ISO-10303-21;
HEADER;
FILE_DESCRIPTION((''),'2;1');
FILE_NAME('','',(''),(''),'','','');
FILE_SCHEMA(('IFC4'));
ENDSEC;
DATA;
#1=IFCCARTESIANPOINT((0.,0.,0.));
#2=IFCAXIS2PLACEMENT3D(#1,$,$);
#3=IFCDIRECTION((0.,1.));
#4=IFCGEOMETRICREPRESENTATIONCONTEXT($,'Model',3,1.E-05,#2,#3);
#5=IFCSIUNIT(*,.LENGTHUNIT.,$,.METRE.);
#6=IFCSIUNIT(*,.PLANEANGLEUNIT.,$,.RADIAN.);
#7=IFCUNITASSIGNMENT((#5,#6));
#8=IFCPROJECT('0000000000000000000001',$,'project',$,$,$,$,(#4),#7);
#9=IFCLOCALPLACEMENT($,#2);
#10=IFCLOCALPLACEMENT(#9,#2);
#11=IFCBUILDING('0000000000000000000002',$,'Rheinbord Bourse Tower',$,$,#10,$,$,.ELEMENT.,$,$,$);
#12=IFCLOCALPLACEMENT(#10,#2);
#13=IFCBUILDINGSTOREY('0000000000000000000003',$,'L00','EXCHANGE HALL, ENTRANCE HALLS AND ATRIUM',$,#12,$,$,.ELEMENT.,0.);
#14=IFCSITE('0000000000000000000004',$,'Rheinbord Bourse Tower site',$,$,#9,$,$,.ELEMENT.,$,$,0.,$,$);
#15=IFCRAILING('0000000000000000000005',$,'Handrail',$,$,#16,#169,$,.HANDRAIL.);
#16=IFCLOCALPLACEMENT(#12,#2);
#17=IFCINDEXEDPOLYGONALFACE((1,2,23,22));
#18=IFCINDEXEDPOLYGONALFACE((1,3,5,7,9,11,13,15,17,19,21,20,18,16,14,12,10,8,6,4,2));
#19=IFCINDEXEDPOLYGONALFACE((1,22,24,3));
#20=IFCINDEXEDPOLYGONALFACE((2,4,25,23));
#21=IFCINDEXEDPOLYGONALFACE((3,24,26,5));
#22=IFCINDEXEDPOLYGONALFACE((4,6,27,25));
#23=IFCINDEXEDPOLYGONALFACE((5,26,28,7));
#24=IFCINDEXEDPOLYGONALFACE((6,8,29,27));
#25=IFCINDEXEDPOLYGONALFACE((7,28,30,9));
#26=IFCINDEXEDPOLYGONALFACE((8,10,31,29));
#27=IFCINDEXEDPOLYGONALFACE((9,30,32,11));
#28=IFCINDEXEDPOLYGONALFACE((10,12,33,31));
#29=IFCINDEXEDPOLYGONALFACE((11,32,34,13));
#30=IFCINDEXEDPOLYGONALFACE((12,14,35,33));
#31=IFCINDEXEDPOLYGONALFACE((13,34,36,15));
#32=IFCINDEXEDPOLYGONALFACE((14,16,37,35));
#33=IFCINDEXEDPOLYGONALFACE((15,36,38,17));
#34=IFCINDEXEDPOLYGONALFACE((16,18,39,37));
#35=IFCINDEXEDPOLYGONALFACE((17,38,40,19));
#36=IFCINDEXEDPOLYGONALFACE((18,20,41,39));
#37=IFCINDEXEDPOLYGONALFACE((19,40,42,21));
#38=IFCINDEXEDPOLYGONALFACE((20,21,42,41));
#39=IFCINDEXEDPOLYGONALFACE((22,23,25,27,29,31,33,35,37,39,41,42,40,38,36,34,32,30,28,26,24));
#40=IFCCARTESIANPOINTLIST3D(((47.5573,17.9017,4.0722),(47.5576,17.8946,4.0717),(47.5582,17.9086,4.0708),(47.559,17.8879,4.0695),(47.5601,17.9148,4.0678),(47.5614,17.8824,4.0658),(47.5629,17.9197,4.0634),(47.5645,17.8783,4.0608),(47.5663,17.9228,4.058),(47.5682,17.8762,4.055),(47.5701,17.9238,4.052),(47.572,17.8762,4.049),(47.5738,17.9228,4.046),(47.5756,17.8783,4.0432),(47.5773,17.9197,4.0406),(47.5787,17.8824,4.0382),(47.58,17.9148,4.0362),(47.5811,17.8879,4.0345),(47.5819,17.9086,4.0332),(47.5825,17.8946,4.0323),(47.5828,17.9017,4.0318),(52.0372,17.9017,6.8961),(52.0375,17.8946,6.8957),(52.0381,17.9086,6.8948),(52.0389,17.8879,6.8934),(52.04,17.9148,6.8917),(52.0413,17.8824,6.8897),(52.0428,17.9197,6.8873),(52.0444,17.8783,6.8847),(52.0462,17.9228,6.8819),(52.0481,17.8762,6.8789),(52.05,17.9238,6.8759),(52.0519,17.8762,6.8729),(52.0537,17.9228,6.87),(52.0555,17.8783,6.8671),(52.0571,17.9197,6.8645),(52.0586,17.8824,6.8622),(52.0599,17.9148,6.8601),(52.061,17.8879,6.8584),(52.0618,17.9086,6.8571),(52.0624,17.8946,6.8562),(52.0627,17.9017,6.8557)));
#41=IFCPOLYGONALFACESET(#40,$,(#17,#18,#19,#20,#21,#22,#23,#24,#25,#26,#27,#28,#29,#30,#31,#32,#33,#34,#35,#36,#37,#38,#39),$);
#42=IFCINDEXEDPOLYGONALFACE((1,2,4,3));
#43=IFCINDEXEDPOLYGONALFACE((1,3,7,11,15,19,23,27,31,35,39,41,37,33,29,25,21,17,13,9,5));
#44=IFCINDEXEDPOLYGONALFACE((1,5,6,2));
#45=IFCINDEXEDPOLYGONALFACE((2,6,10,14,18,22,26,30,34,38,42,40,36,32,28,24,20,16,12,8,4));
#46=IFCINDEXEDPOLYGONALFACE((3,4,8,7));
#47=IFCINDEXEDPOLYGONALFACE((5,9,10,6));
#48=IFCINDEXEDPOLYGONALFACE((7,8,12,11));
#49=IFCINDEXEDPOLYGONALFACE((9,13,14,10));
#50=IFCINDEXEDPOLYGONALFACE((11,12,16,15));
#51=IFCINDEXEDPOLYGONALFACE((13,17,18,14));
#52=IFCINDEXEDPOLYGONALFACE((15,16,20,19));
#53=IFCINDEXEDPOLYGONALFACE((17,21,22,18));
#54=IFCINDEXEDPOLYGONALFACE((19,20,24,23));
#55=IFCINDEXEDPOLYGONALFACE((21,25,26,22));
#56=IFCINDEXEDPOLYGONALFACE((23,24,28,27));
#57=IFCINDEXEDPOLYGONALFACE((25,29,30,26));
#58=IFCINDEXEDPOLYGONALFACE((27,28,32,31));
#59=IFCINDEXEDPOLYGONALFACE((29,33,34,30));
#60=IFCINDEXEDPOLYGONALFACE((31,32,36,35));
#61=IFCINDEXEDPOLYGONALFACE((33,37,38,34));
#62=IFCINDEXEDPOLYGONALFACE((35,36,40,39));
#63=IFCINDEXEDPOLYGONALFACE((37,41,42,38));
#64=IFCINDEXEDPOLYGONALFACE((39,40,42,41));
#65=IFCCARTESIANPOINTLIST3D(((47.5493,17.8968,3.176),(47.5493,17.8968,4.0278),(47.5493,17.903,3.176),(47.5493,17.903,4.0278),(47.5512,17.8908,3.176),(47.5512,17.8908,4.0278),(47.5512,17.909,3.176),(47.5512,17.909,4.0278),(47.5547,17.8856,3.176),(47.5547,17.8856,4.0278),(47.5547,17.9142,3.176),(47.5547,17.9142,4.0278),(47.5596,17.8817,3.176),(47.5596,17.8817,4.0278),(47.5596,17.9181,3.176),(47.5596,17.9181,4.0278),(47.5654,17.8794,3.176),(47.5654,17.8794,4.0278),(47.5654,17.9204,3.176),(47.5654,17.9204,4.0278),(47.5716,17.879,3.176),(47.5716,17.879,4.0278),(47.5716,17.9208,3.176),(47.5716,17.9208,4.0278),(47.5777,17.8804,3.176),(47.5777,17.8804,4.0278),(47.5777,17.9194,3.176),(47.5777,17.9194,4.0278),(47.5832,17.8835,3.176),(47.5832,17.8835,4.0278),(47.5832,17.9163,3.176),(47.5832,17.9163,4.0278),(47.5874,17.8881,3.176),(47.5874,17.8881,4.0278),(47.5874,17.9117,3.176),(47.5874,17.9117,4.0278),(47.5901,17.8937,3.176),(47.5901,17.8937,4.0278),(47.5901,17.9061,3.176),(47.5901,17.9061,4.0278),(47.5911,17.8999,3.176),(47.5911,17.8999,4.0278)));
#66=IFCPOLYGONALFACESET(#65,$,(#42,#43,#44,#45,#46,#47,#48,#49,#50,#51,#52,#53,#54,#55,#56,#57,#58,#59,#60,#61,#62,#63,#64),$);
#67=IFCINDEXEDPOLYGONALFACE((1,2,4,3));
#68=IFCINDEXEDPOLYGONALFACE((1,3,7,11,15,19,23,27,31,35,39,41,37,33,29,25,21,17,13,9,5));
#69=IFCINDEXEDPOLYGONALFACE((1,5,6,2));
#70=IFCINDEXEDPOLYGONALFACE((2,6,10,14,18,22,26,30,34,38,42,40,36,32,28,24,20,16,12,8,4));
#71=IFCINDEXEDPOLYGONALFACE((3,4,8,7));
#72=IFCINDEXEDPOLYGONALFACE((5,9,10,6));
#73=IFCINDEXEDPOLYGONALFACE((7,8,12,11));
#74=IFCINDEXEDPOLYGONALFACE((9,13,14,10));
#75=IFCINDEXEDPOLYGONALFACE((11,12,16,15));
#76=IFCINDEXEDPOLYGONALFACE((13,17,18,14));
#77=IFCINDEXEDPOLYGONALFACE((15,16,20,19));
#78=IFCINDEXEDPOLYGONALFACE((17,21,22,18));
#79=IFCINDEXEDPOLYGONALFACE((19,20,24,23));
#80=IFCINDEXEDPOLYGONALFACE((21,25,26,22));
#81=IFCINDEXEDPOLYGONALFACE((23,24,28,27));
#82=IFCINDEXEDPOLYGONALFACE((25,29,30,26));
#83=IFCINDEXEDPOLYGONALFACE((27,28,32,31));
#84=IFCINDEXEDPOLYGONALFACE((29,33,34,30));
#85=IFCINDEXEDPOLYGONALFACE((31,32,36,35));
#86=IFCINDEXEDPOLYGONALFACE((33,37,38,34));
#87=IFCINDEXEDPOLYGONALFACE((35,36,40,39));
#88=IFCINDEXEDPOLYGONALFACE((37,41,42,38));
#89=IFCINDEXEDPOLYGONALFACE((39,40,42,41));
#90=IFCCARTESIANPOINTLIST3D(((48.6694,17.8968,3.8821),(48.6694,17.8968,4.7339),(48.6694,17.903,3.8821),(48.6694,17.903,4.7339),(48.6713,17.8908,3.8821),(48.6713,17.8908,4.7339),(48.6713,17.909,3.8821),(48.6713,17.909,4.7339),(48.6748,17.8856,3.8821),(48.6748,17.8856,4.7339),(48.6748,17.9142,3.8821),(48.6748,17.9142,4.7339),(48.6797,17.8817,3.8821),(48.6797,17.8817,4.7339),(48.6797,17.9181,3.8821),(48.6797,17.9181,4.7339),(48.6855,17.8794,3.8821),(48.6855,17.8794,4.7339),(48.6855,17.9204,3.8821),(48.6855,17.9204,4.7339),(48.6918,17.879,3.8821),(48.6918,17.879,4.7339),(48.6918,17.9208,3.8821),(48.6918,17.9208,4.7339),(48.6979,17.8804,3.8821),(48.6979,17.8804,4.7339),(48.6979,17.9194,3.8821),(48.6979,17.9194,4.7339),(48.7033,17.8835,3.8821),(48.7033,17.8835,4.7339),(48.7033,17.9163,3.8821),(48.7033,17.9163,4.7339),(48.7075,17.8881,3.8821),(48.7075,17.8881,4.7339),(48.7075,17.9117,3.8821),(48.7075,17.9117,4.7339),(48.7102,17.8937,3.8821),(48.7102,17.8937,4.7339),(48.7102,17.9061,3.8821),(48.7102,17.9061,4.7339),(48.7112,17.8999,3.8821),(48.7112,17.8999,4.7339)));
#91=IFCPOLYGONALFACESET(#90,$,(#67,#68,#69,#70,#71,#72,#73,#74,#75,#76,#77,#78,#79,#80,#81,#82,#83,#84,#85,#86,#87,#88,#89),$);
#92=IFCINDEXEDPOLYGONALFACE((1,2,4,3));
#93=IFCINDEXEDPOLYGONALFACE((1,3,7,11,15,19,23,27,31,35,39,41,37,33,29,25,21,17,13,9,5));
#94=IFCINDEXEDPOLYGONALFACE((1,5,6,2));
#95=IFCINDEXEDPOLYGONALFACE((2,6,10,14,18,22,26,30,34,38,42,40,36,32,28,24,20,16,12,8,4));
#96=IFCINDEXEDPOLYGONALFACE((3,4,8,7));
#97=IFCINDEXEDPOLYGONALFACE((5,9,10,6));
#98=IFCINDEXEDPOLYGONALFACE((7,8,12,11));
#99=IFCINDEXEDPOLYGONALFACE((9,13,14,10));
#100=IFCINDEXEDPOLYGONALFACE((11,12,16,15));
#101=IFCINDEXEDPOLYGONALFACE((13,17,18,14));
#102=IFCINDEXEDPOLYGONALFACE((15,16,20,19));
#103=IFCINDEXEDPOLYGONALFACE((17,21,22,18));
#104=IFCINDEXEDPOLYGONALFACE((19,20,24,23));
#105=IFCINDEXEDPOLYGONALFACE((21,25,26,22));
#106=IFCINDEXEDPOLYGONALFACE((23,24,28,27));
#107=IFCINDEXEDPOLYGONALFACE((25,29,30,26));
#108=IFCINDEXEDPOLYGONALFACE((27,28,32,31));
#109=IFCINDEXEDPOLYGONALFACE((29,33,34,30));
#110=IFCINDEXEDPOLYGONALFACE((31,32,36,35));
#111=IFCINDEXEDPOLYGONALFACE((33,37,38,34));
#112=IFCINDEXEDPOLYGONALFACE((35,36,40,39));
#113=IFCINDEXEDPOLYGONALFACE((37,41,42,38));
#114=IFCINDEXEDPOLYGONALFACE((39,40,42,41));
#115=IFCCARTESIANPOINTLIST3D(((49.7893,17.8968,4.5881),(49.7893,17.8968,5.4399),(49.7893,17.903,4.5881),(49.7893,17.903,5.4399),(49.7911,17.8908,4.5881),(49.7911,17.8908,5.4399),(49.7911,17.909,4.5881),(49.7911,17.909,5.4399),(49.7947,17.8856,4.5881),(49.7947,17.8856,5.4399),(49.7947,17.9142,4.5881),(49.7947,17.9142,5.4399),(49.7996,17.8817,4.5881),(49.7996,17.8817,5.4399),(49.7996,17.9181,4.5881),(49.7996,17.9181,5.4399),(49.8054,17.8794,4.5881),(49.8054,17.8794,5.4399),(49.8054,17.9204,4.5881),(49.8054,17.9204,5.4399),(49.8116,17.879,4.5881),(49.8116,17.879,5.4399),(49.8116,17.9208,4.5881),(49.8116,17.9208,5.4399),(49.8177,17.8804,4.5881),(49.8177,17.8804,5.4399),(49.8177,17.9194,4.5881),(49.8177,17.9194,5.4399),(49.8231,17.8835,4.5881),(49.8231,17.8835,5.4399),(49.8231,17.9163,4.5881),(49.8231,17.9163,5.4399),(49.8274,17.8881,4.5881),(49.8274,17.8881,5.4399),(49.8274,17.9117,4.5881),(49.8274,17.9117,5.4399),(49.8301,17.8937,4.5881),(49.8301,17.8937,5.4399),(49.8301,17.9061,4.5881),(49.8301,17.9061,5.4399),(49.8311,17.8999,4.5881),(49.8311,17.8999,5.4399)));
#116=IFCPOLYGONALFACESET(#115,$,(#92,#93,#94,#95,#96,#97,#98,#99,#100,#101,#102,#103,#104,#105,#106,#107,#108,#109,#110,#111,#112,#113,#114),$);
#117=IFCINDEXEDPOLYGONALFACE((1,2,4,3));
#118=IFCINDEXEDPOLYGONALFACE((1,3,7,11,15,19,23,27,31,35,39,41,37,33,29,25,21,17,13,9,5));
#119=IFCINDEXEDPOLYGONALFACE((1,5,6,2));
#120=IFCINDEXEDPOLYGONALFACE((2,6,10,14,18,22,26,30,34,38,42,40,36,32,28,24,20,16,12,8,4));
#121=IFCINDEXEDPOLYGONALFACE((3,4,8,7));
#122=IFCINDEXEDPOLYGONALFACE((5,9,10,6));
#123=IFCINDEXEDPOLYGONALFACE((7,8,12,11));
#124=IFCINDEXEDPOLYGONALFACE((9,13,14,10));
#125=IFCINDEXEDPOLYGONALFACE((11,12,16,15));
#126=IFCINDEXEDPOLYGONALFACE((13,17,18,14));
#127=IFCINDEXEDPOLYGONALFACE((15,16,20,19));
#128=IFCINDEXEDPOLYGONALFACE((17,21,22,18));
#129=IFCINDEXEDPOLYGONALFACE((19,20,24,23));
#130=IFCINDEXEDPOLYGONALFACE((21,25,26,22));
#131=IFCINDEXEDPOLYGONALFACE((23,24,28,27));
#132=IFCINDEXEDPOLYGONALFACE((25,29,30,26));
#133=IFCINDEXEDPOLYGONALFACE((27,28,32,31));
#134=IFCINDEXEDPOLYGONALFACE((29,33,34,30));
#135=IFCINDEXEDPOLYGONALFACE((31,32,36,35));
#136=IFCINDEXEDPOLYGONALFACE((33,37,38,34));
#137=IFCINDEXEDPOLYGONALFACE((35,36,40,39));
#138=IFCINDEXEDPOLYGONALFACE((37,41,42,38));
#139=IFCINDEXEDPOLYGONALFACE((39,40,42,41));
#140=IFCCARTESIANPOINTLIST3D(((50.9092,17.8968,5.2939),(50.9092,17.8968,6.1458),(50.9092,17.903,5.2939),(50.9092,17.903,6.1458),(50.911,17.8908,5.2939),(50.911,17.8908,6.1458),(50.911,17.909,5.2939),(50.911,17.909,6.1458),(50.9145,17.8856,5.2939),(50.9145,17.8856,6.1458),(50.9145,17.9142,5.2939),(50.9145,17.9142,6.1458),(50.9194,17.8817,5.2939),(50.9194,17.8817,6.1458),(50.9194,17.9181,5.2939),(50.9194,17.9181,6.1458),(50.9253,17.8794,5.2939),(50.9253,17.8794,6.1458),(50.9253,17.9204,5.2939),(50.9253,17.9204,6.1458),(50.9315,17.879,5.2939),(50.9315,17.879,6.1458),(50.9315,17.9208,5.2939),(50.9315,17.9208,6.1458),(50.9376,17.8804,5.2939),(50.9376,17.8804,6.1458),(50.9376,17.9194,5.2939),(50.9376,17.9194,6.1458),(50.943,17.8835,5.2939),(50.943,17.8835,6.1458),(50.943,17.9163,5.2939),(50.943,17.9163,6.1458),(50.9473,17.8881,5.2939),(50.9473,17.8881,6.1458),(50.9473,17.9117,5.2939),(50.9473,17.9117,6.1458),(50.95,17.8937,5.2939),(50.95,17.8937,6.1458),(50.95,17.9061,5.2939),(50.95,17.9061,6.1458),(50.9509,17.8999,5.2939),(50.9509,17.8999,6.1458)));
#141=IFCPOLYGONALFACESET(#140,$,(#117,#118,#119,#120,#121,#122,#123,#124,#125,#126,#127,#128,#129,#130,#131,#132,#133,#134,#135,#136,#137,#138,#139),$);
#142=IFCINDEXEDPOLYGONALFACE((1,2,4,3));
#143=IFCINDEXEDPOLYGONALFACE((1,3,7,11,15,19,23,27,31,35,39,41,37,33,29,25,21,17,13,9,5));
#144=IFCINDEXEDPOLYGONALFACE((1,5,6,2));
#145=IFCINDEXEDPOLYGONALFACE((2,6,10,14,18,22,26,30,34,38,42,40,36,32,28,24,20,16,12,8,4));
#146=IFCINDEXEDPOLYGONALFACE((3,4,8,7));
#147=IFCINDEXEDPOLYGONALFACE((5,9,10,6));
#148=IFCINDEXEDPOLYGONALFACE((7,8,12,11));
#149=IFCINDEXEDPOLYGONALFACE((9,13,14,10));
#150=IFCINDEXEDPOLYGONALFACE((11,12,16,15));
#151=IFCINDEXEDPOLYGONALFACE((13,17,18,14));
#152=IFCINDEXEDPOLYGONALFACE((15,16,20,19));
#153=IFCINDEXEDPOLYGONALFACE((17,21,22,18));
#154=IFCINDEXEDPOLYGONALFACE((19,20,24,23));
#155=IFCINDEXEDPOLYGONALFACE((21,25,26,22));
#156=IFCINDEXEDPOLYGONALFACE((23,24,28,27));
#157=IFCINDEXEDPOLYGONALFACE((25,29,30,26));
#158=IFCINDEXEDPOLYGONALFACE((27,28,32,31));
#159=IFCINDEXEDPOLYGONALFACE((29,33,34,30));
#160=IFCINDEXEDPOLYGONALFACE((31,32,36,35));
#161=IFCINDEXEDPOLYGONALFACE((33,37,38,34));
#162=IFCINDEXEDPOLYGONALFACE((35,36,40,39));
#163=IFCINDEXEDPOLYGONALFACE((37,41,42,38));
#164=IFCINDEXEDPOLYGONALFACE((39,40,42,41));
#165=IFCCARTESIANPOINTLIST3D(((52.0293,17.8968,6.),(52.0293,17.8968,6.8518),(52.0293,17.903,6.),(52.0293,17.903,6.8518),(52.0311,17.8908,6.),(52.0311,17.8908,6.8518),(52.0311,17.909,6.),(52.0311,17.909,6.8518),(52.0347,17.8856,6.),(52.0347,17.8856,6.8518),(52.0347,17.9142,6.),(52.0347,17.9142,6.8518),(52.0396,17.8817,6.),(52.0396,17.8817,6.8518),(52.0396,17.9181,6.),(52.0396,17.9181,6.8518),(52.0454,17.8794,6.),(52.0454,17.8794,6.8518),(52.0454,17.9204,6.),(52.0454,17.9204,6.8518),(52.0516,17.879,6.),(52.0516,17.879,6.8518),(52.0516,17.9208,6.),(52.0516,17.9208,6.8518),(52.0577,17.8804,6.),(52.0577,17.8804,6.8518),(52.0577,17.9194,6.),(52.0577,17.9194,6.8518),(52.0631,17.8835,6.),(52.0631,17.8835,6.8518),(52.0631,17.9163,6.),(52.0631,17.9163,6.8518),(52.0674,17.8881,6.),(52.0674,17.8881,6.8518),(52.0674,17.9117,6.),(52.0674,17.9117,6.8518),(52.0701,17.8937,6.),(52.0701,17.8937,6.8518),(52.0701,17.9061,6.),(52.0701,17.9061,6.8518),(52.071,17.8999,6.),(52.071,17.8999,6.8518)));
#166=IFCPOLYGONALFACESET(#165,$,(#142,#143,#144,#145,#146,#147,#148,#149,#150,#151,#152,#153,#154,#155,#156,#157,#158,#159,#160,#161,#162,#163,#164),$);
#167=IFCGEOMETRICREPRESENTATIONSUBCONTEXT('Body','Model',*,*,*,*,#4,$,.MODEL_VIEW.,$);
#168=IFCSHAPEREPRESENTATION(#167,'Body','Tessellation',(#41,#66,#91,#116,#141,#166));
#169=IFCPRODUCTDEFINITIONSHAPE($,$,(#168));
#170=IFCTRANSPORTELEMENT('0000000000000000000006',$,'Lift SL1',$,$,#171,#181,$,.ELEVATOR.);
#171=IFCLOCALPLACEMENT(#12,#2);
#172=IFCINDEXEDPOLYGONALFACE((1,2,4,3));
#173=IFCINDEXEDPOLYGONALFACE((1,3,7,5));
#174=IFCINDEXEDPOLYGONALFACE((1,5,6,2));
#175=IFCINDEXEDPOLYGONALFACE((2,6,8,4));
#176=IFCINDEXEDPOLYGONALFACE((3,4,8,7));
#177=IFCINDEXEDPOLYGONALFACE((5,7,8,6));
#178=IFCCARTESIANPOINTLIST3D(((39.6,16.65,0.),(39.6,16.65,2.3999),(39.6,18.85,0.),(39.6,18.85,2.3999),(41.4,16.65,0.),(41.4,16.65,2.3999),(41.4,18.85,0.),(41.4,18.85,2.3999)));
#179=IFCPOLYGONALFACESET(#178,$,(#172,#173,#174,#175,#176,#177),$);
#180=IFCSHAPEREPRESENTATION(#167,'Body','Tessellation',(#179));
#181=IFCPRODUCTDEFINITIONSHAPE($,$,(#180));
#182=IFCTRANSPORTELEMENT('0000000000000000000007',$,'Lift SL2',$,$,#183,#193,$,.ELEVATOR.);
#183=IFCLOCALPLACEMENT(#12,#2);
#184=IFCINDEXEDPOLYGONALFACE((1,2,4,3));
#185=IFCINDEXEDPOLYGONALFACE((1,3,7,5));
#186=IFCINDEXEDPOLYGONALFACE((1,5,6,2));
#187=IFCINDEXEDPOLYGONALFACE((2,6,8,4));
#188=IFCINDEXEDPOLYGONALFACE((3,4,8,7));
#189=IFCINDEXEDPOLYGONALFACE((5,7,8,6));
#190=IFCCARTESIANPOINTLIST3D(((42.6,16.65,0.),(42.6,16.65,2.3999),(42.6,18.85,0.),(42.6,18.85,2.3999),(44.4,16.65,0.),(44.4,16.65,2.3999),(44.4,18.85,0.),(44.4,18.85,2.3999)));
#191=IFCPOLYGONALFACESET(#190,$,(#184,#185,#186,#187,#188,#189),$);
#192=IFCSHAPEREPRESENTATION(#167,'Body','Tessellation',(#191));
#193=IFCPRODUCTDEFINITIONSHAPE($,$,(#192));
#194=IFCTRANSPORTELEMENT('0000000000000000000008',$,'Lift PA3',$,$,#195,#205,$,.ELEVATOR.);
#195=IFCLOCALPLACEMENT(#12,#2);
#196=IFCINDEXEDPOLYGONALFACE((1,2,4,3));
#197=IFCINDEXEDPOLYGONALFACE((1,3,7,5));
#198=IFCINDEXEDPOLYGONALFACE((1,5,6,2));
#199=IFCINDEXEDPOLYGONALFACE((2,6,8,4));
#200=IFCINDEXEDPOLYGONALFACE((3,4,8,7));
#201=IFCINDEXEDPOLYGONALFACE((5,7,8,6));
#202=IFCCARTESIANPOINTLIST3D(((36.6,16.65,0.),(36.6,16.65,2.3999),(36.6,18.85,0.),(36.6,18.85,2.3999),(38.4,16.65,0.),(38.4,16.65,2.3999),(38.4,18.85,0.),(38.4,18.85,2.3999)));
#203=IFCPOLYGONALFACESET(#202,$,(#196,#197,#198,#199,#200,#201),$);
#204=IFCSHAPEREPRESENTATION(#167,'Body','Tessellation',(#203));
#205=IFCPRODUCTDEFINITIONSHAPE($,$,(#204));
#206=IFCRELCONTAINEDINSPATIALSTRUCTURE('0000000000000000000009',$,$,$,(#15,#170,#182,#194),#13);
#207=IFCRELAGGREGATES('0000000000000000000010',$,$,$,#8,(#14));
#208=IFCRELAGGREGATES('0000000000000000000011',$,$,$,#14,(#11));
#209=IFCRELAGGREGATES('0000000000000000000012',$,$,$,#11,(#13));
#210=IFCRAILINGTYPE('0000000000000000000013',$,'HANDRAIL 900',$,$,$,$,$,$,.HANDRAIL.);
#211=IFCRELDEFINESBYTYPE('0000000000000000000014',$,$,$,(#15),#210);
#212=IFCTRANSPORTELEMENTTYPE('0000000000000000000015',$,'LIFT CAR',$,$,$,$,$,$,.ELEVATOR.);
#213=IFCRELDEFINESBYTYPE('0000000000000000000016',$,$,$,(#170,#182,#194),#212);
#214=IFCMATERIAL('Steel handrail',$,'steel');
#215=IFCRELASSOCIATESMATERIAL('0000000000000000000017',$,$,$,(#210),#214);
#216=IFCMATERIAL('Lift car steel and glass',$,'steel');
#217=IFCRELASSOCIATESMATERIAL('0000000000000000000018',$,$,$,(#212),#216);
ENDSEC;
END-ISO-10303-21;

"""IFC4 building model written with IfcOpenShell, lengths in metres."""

from ifc_helpers import new_model, si_unit, direction, frame, origin, origin_2d, place, context, subcontext, project, spatial, rectangle, circle, extrude, material, type_object, element, save


model = new_model("IFC4")

# Units and contexts
model_context = context("Model", 3, precision=1e-05, world=origin(), true_north=direction((0.0, 1.0)))
body_context = subcontext(model_context, "Body", "Model", "MODEL_VIEW")
ifc_project = project(units=[si_unit("LENGTHUNIT", "METRE"), si_unit("PLANEANGLEUNIT", "RADIAN")], contexts=[model_context])

# Site, building, storey
site_placement = place(None, origin())
site = spatial("IfcSite", under=ifc_project, at=site_placement, Name="Rheinbord Bourse Tower site", CompositionType="ELEMENT", RefElevation=0.0)
building_placement = place(site_placement, origin())
building = spatial("IfcBuilding", under=site, at=building_placement, Name="Rheinbord Bourse Tower", CompositionType="ELEMENT")
storey_placement = place(building_placement, origin())
storey = spatial("IfcBuildingStorey", under=building, at=storey_placement, Name="L00", Description="EXCHANGE HALL, ENTRANCE HALLS AND ATRIUM", CompositionType="ELEMENT", Elevation=0.0)

# Railing
ifc_material_1 = material(Name="Steel handrail", Category="steel")
railing_type = type_object("IfcRailingType", Name="HANDRAIL 900", PredefinedType="HANDRAIL", material=ifc_material_1)
railing_placement = place(storey_placement, frame((47.5701, 17.8999, 3.176)))
element("IfcRailing", 1, at=railing_placement, inside=storey, type_object=railing_type, Name="Handrail", PredefinedType="HANDRAIL", context=body_context, shape_type="SweptSolid", body=[
    extrude(circle(Radius=0.0239, at=origin_2d()), frame((0.0, 0.0, 0.876), z_axis=(0.845956, 0.0, 0.533252), x_axis=(0.0, 1.0, 0.0)), (0.0, 0.0, 1.0), 5.2957),
    extrude(circle(Radius=0.021, at=origin_2d()), origin(), (0.0, 0.0, 1.0), 0.8518),
    extrude(circle(Radius=0.021, at=origin_2d()), frame((1.1201, 0.0, 0.7061)), (0.0, 0.0, 1.0), 0.8518),
    extrude(circle(Radius=0.021, at=origin_2d()), frame((2.24, 0.0, 1.4121)), (0.0, 0.0, 1.0), 0.8518),
    extrude(circle(Radius=0.021, at=origin_2d()), frame((3.3599, 0.0, 2.1179)), (0.0, 0.0, 1.0), 0.8518),
    extrude(circle(Radius=0.021, at=origin_2d()), frame((4.48, 0.0, 2.824)), (0.0, 0.0, 1.0), 0.8518),
])

# Transport elements
ifc_material_2 = material(Name="Lift car steel and glass", Category="steel")
transport_element_type = type_object("IfcTransportElementType", Name="LIFT CAR", PredefinedType="ELEVATOR", material=ifc_material_2)
for number, where, z_axis, x_axis, name in (
    (2, (40.5, 17.75, 0.0), (0.0, 0.0, 1.0), (1.0, 0.0, 0.0), "Lift SL1"),
    (3, (43.5, 17.75, 0.0), (0.0, 0.0, 1.0), (1.0, 0.0, 0.0), "Lift SL2"),
    (4, (37.5, 17.75, 0.0), (0.0, 0.0, 1.0), (1.0, 0.0, 0.0), "Lift PA3"),
):
    element("IfcTransportElement", number, at=place(storey_placement, frame(where, z_axis=z_axis, x_axis=x_axis)), inside=storey, type_object=transport_element_type, Name=name, PredefinedType="ELEVATOR", context=body_context, shape_type="SweptSolid", body=[
        extrude(rectangle(XDim=1.8, YDim=2.2, at=origin_2d()), origin(), (0.0, 0.0, 1.0), 2.3999),
    ])

save(model, "model.ifc")
